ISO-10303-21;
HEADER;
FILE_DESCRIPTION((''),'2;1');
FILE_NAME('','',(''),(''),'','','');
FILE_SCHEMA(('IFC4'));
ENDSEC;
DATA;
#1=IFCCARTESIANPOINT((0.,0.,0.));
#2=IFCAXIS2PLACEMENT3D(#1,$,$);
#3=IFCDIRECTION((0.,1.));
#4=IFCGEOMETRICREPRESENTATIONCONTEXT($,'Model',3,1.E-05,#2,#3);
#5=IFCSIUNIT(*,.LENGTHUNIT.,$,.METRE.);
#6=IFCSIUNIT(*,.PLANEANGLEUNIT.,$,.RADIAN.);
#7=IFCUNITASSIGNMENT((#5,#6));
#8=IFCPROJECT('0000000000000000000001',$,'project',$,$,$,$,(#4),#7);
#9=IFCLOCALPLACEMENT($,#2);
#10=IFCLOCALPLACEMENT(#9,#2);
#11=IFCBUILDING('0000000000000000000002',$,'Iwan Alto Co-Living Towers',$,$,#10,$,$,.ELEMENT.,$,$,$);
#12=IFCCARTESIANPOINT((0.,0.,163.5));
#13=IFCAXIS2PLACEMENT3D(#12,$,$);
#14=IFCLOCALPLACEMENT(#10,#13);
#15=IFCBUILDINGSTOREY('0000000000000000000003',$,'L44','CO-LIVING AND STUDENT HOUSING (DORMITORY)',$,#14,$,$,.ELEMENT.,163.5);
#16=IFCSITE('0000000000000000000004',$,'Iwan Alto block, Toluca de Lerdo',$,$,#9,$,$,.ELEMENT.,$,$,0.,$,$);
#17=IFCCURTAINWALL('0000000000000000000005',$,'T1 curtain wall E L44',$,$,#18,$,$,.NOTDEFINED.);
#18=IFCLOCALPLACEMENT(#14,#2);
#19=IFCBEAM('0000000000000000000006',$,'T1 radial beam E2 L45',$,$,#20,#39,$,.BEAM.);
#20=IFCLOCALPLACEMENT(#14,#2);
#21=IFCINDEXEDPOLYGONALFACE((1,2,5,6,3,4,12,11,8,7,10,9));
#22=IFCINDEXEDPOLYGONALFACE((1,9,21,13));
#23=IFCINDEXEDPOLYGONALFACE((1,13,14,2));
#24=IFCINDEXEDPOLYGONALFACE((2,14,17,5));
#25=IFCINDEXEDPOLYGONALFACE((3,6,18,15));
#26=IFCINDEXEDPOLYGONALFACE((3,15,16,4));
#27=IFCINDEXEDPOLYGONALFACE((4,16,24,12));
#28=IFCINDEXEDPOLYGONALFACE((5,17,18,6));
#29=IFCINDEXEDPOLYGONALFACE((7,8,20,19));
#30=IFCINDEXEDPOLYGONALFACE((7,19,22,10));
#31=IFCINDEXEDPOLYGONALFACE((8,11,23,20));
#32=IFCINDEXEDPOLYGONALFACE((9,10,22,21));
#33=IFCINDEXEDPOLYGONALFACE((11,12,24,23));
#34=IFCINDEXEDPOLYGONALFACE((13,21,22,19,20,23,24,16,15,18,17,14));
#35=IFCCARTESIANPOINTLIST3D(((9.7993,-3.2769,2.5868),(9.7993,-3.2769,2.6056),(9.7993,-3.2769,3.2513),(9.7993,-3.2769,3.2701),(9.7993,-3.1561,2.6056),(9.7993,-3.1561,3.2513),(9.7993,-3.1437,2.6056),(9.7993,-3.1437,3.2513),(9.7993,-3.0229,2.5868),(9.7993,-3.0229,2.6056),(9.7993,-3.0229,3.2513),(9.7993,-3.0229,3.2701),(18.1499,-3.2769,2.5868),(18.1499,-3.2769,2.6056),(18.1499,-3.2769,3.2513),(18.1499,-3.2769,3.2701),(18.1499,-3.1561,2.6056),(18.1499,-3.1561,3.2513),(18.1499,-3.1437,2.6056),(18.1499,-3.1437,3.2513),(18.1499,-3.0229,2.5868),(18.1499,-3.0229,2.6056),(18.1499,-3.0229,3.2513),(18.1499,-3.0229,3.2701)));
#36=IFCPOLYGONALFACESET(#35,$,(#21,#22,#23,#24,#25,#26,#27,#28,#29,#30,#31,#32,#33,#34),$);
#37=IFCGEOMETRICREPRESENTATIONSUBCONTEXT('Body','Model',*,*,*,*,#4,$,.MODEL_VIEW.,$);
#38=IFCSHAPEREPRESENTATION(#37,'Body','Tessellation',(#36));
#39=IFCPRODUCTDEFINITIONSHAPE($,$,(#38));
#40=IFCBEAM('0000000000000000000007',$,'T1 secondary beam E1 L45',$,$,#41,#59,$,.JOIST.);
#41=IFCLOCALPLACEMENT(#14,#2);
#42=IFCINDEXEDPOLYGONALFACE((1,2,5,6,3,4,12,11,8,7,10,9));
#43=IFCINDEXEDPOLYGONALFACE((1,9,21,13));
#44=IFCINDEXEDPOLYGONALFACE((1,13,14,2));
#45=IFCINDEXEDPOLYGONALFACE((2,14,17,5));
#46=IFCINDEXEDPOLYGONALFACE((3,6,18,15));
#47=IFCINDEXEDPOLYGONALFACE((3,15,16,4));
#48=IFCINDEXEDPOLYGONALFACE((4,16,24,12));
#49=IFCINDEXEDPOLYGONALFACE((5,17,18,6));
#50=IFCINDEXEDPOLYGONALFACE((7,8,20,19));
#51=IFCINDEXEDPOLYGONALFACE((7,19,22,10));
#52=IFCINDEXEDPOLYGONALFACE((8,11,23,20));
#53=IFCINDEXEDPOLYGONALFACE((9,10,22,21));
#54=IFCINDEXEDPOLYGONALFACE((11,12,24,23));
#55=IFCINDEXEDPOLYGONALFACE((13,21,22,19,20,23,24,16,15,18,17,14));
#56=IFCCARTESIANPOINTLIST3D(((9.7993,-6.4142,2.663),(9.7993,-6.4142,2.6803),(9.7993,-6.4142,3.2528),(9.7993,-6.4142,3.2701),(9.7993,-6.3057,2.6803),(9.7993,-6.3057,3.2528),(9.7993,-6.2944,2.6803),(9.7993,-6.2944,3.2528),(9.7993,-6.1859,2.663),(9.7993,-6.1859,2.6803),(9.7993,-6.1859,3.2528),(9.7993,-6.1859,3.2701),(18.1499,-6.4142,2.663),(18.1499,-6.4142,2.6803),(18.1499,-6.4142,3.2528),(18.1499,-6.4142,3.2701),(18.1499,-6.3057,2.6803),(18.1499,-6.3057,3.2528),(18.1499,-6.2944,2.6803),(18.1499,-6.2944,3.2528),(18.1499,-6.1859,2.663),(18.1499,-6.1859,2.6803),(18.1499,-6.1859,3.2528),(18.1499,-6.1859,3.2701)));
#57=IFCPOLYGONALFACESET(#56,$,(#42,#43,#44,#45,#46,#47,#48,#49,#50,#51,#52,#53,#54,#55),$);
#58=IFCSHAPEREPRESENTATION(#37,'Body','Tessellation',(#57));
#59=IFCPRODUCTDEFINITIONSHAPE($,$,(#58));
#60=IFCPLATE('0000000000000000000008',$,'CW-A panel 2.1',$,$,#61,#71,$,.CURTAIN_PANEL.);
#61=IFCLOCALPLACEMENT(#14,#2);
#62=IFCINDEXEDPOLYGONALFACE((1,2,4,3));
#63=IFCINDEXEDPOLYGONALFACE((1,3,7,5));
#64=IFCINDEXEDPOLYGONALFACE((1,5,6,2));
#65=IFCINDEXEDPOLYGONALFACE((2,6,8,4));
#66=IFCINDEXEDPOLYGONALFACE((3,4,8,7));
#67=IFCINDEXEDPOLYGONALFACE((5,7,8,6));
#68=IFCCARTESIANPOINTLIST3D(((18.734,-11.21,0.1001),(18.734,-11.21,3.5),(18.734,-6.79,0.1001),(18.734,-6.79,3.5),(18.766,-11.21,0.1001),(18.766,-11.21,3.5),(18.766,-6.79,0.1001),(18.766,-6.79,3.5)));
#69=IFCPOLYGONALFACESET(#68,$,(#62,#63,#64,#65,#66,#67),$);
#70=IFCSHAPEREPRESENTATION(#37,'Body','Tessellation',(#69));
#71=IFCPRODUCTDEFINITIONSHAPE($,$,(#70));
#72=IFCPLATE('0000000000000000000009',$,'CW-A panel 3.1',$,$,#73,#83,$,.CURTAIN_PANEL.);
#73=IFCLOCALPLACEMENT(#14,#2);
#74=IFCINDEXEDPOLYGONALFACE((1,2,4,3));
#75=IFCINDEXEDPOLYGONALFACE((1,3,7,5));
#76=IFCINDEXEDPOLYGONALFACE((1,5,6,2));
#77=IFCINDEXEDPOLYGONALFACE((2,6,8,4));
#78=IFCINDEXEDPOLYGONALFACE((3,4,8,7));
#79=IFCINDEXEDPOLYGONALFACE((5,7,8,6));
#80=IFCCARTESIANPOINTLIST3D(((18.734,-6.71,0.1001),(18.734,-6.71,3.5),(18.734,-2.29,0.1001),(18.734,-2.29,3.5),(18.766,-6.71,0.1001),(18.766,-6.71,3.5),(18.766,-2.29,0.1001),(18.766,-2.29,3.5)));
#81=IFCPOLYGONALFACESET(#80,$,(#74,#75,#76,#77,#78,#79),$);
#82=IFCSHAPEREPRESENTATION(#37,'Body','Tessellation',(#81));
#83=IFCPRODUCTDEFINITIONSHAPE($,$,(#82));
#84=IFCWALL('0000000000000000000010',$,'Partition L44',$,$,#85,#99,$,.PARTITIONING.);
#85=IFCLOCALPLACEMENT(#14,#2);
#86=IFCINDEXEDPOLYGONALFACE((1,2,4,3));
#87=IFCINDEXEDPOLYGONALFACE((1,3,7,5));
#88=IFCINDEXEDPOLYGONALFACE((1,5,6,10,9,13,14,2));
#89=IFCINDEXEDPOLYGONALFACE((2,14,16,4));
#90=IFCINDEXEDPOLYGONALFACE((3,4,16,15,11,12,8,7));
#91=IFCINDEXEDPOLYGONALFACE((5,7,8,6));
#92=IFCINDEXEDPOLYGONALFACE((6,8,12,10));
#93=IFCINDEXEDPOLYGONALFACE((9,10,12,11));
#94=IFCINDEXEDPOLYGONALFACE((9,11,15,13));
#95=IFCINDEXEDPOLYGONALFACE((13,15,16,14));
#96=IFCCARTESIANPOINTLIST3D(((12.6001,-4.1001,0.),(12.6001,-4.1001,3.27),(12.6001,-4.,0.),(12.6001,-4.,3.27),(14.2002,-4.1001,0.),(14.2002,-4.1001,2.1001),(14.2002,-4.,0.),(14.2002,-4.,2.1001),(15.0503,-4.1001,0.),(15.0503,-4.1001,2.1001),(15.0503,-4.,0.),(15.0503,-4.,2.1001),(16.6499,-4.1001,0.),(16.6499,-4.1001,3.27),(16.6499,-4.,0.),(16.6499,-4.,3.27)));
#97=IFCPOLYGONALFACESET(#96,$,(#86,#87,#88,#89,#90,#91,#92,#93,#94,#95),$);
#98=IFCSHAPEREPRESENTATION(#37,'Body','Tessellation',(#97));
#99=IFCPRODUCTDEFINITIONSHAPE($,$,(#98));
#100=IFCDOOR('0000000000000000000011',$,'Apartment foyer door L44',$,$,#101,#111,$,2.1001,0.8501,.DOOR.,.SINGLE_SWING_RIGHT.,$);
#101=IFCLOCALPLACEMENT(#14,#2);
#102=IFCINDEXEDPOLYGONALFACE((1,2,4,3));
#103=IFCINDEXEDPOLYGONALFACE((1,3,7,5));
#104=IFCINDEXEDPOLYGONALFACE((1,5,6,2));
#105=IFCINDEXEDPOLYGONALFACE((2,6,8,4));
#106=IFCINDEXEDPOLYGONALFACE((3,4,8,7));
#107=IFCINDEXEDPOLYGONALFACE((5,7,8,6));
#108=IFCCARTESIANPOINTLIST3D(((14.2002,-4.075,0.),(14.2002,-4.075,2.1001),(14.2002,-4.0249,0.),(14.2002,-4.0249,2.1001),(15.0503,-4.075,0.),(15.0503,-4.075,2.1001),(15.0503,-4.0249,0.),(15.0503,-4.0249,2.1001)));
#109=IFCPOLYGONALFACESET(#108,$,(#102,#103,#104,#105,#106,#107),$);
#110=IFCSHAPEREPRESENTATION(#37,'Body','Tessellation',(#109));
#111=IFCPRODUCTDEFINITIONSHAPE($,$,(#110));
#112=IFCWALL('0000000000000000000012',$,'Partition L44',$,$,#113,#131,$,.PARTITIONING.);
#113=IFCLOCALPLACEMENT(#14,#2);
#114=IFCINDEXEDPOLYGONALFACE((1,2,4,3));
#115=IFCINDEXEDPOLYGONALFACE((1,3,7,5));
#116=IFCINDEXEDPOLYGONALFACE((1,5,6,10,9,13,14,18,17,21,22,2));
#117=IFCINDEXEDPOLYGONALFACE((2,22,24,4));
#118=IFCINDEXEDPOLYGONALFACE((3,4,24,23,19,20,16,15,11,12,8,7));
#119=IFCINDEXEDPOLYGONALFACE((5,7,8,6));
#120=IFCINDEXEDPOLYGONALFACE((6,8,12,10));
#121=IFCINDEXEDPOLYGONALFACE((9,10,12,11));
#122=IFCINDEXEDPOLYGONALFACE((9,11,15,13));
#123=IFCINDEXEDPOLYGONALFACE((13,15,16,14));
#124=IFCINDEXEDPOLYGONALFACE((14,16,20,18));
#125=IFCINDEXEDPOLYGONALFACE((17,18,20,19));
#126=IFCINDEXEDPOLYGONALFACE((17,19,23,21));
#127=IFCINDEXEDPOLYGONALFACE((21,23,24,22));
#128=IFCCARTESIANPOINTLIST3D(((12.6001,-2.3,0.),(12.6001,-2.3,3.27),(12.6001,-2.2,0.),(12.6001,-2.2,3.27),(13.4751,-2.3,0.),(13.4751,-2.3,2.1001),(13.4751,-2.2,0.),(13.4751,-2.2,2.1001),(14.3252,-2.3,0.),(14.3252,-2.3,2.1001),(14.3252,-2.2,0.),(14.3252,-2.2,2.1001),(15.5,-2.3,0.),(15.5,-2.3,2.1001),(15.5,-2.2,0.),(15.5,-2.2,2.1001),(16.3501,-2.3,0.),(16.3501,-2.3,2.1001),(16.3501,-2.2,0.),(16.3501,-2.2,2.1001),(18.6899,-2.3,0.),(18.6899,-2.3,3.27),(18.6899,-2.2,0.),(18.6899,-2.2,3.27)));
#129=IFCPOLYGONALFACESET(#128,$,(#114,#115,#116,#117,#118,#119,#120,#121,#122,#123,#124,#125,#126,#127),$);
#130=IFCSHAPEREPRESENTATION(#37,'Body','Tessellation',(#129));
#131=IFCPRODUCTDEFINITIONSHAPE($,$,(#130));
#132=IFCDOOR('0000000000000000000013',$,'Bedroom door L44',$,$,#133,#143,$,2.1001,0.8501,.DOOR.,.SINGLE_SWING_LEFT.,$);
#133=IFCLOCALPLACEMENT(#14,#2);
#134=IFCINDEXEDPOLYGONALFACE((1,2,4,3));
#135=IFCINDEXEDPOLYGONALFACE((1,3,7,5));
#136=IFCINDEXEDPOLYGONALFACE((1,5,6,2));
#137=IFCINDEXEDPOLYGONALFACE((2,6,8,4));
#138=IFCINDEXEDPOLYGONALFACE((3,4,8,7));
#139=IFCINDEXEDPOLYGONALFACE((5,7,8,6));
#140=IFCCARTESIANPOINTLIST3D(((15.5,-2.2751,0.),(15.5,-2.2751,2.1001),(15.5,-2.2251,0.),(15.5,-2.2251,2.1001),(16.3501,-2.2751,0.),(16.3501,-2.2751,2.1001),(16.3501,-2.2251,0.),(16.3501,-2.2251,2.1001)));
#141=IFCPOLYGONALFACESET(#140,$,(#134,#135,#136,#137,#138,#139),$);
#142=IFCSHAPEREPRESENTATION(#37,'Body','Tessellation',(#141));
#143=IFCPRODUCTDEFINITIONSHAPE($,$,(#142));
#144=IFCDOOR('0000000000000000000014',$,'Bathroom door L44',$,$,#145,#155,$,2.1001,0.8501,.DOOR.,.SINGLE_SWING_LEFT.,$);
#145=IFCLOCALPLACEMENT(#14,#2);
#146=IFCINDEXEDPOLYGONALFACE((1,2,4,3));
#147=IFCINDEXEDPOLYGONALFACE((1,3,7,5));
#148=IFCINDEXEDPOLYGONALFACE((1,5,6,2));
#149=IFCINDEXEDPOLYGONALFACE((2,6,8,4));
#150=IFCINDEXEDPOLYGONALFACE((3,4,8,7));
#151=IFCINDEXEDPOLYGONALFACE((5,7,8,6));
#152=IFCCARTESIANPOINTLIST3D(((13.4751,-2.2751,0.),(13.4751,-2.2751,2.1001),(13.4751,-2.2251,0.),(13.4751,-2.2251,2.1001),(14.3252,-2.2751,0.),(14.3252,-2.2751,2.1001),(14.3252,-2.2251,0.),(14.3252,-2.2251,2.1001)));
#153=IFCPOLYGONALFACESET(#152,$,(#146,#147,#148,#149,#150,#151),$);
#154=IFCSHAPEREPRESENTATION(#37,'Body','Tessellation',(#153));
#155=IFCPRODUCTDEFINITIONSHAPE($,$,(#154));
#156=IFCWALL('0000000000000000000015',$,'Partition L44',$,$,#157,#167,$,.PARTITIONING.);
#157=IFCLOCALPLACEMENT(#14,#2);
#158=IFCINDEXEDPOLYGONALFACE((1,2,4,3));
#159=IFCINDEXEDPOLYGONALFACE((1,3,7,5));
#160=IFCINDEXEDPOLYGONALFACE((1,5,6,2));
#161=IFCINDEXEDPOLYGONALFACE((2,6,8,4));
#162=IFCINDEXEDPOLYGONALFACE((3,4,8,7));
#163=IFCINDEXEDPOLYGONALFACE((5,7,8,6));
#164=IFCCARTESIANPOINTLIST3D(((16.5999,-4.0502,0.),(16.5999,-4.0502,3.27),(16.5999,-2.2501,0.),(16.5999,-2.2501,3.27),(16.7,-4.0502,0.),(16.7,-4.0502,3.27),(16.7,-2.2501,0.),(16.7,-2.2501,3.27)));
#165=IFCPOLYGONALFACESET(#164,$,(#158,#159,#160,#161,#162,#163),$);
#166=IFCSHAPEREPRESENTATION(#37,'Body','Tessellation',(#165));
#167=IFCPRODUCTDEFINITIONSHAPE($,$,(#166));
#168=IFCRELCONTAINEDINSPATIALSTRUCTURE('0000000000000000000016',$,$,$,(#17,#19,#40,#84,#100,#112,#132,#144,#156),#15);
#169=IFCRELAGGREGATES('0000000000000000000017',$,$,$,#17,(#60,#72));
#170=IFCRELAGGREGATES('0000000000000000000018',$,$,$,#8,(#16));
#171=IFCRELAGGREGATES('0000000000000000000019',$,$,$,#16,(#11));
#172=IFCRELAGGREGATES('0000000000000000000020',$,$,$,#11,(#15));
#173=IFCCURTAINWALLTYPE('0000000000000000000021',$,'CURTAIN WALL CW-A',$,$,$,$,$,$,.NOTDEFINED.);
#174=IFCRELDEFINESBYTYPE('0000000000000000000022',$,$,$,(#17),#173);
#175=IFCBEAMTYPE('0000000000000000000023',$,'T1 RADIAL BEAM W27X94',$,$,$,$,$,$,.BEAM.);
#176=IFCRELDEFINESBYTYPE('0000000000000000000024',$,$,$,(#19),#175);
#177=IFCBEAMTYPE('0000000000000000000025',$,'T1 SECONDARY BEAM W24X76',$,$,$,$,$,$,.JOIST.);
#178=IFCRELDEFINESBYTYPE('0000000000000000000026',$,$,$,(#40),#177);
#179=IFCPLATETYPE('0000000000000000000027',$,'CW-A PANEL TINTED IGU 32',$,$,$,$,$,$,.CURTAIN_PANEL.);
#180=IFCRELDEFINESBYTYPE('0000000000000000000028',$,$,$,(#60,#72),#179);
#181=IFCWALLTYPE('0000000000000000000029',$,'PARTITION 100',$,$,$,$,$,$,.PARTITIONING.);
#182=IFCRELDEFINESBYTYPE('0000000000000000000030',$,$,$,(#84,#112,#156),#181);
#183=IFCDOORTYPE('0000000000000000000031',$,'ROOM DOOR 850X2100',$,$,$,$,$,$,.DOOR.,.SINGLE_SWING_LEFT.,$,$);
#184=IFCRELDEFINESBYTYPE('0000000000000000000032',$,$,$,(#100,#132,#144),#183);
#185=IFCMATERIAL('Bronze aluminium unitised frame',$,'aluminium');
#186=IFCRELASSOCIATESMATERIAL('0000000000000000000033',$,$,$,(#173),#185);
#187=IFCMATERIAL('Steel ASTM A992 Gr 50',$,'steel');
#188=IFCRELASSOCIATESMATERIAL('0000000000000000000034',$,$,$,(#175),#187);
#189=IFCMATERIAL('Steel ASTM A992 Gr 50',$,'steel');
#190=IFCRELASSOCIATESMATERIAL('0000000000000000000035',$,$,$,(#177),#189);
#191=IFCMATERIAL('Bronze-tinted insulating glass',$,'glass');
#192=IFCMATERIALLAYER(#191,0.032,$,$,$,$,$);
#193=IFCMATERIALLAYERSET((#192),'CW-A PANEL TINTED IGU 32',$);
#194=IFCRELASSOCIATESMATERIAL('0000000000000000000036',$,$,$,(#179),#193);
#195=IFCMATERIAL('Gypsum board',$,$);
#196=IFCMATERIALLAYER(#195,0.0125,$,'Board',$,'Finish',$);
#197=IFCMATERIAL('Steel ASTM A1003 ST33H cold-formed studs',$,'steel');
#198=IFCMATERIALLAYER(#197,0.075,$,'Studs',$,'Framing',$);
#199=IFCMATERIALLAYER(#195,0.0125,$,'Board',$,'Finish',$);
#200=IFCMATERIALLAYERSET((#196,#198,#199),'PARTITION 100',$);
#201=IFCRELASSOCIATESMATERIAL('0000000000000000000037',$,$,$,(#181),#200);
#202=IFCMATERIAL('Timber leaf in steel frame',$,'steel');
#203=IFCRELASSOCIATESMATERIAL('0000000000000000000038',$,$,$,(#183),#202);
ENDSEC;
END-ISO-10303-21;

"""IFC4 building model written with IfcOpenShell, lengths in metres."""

from ifc_helpers import new_model, si_unit, direction, frame, frame_2d, origin, origin_2d, place, context, subcontext, project, spatial, rectangle, i_section, extrude, material, layer, layer_set, material_profile, profile_set, type_object, element, fill, aggregate, save


model = new_model("IFC4")

# Units and contexts
model_context = context("Model", 3, precision=1e-05, world=origin(), true_north=direction((0.0, 1.0)))
body_context = subcontext(model_context, "Body", "Model", "MODEL_VIEW")
ifc_project = project(units=[si_unit("LENGTHUNIT", "METRE"), si_unit("PLANEANGLEUNIT", "RADIAN")], contexts=[model_context])

# Site, building, storey
site_placement = place(None, origin())
site = spatial("IfcSite", under=ifc_project, at=site_placement, Name="Iwan Alto block, Toluca de Lerdo", CompositionType="ELEMENT", RefElevation=0.0)
building_placement = place(site_placement, origin())
building = spatial("IfcBuilding", under=site, at=building_placement, Name="Iwan Alto Co-Living Towers", CompositionType="ELEMENT")
storey_placement = place(building_placement, frame((0.0, 0.0, 163.5)))
storey = spatial("IfcBuildingStorey", under=building, at=storey_placement, Name="L44", Description="CO-LIVING AND STUDENT HOUSING (DORMITORY)", CompositionType="ELEMENT", Elevation=163.5)

# Curtain wall
ifc_material_1 = material(Name="Bronze aluminium unitised frame", Category="aluminium")
curtain_wall_type = type_object("IfcCurtainWallType", Name="CURTAIN WALL CW-A", PredefinedType="NOTDEFINED", material=ifc_material_1)
curtain_wall_placement = place(storey_placement, origin())
curtain_wall = element("IfcCurtainWall", 1, at=curtain_wall_placement, inside=storey, type_object=curtain_wall_type, Name="T1 curtain wall E L44", PredefinedType="NOTDEFINED")

# Beams
ifc_material_2 = material(Name="Steel ASTM A992 Gr 50", Category="steel")
ifc_material_profile_1 = material_profile(ifc_material_2, i_section(OverallWidth=0.2539, OverallDepth=0.6833, WebThickness=0.0125, FlangeThickness=0.0188, at=origin_2d()), Name="W27X94")
ifc_profile_set_1 = profile_set([ifc_material_profile_1], Name="Steel ASTM A992 Gr 50")
beam_type_1 = type_object("IfcBeamType", Name="T1 RADIAL BEAM W27X94", PredefinedType="BEAM", material=ifc_profile_set_1)
for number, where, z_axis, x_axis, name in (
    (2, (18.1499, -3.1499, 2.9285), (-1.0, 0.0, 0.0), (0.0, -1.0, 0.0), "T1 radial beam E2 L45"),
):
    element("IfcBeam", number, at=place(storey_placement, frame(where, z_axis=z_axis, x_axis=x_axis)), inside=storey, type_object=beam_type_1, Name=name, PredefinedType="BEAM", context=body_context, shape_type="SweptSolid", body=[
        extrude(i_section(OverallWidth=0.2539, OverallDepth=0.6833, WebThickness=0.0125, FlangeThickness=0.0188, at=origin_2d()), origin(), (0.0, 0.0, 1.0), 8.3506),
    ])
ifc_material_3 = material(Name="Steel ASTM A992 Gr 50", Category="steel")
ifc_material_profile_2 = material_profile(ifc_material_3, i_section(OverallWidth=0.2283, OverallDepth=0.6072, WebThickness=0.0112, FlangeThickness=0.0173, at=origin_2d()), Name="W24X76")
ifc_profile_set_2 = profile_set([ifc_material_profile_2], Name="Steel ASTM A992 Gr 50")
beam_type_2 = type_object("IfcBeamType", Name="T1 SECONDARY BEAM W24X76", PredefinedType="JOIST", material=ifc_profile_set_2)
beam_1_placement = place(storey_placement, frame((18.1499, -6.3, 2.9666), z_axis=(-1.0, 0.0, 0.0), x_axis=(0.0, -1.0, 0.0)))
element("IfcBeam", 3, at=beam_1_placement, inside=storey, type_object=beam_type_2, Name="T1 secondary beam E1 L45", PredefinedType="JOIST", context=body_context, shape_type="SweptSolid", body=[
    extrude(i_section(OverallWidth=0.2283, OverallDepth=0.6072, WebThickness=0.0112, FlangeThickness=0.0173, at=origin_2d()), origin(), (0.0, 0.0, 1.0), 8.3506),
])

# Plates
ifc_material_4 = material(Name="Bronze-tinted insulating glass", Category="glass")
ifc_layer_1 = layer(ifc_material_4, 0.032)
ifc_layer_set_1 = layer_set([ifc_layer_1], Name="CW-A PANEL TINTED IGU 32")
plate_type = type_object("IfcPlateType", Name="CW-A PANEL TINTED IGU 32", PredefinedType="CURTAIN_PANEL", material=ifc_layer_set_1)
plate_1_placement = place(storey_placement, frame((18.75, -9.0, 0.1001), z_axis=(0.0, 0.0, 1.0), x_axis=(0.0, 1.0, 0.0)))
plate_1 = element("IfcPlate", 4, at=plate_1_placement, type_object=plate_type, Name="CW-A panel 2.1", PredefinedType="CURTAIN_PANEL", context=body_context, shape_type="SweptSolid", body=[
    extrude(rectangle(XDim=4.4199, YDim=0.032, at=origin_2d()), origin(), (0.0, 0.0, 1.0), 3.3999),
])
plate_2_placement = place(storey_placement, frame((18.75, -4.5, 0.1001), z_axis=(0.0, 0.0, 1.0), x_axis=(0.0, 1.0, 0.0)))
plate_2 = element("IfcPlate", 5, at=plate_2_placement, type_object=plate_type, Name="CW-A panel 3.1", PredefinedType="CURTAIN_PANEL", context=body_context, shape_type="SweptSolid", body=[
    extrude(rectangle(XDim=4.4199, YDim=0.032, at=origin_2d()), origin(), (0.0, 0.0, 1.0), 3.3999),
])
aggregate(curtain_wall, [plate_1, plate_2])

# Wall, opening, door
ifc_material_5 = material(Name="Gypsum board")
ifc_layer_2 = layer(ifc_material_5, 0.0125, Name="Board", Category="Finish")
ifc_material_6 = material(Name="Steel ASTM A1003 ST33H cold-formed studs", Category="steel")
ifc_layer_3 = layer(ifc_material_6, 0.075, Name="Studs", Category="Framing")
ifc_layer_4 = layer(ifc_material_5, 0.0125, Name="Board", Category="Finish")
ifc_layer_set_2 = layer_set([ifc_layer_2, ifc_layer_3, ifc_layer_4], Name="PARTITION 100")
wall_type_1 = type_object("IfcWallType", Name="PARTITION 100", PredefinedType="PARTITIONING", material=ifc_layer_set_2)
wall_1_placement = place(storey_placement, frame((12.6001, -4.05, 0.0), z_axis=(0.0, 0.0, 1.0), x_axis=(1.0, 0.0, 0.0)))
wall_1 = element("IfcWall", 6, at=wall_1_placement, inside=storey, type_object=wall_type_1, Name="Partition L44", PredefinedType="PARTITIONING", context=body_context, shape_type="SweptSolid", body=[
    extrude(rectangle(XDim=4.0498, YDim=0.1001, at=frame_2d((2.0249, 0.0))), origin(), (0.0, 0.0, 1.0), 3.27),
])
opening_1_placement = place(wall_1_placement, frame((1.6001, 0.0, 0.0)))
opening_1 = element("IfcOpeningElement", 7, at=opening_1_placement, cuts=wall_1, PredefinedType="OPENING", context=body_context, shape_type="SweptSolid", body=[
    extrude(rectangle(XDim=0.8501, YDim=2.1001, at=frame_2d((0.425, 1.05))), frame((0.0, 0.0601, 0.0), z_axis=(0.0, -1.0, 0.0), x_axis=(1.0, 0.0, 0.0)), (0.0, 0.0, 1.0), 0.1201),
])
ifc_material_7 = material(Name="Timber leaf in steel frame", Category="steel")
door_type = type_object("IfcDoorType", Name="ROOM DOOR 850X2100", OperationType="SINGLE_SWING_LEFT", PredefinedType="DOOR", material=ifc_material_7)
door_1_placement = place(opening_1_placement, frame((0.8501, 0.0, 0.0), z_axis=(0.0, 0.0, 1.0), x_axis=(-1.0, 0.0, 0.0)))
door_1 = element("IfcDoor", 8, at=door_1_placement, inside=storey, type_object=door_type, Name="Apartment foyer door L44", OperationType="SINGLE_SWING_RIGHT", OverallHeight=2.1001, OverallWidth=0.8501, PredefinedType="DOOR", context=body_context, shape_type="SweptSolid", body=[
    extrude(rectangle(XDim=0.8501, YDim=2.1001, at=frame_2d((0.425, 1.05))), frame((0.0, 0.0249, 0.0), z_axis=(0.0, -1.0, 0.0), x_axis=(1.0, 0.0, 0.0)), (0.0, 0.0, 1.0), 0.05),
])
fill(opening_1, door_1)

# Wall, openings, doors
wall_2_placement = place(storey_placement, frame((12.6001, -2.25, 0.0), z_axis=(0.0, 0.0, 1.0), x_axis=(1.0, 0.0, 0.0)))
wall_2 = element("IfcWall", 9, at=wall_2_placement, inside=storey, type_object=wall_type_1, Name="Partition L44", PredefinedType="PARTITIONING", context=body_context, shape_type="SweptSolid", body=[
    extrude(rectangle(XDim=6.0898, YDim=0.1001, at=frame_2d((3.0449, 0.0))), origin(), (0.0, 0.0, 1.0), 3.27),
])
opening_2_placement = place(wall_2_placement, frame((2.8999, 0.0, 0.0)))
opening_2 = element("IfcOpeningElement", 10, at=opening_2_placement, cuts=wall_2, PredefinedType="OPENING", context=body_context, shape_type="SweptSolid", body=[
    extrude(rectangle(XDim=0.8501, YDim=2.1001, at=frame_2d((0.425, 1.05))), frame((0.0, 0.0601, 0.0), z_axis=(0.0, -1.0, 0.0), x_axis=(1.0, 0.0, 0.0)), (0.0, 0.0, 1.0), 0.1201),
])
opening_3_placement = place(wall_2_placement, frame((0.875, 0.0, 0.0)))
opening_3 = element("IfcOpeningElement", 11, at=opening_3_placement, cuts=wall_2, PredefinedType="OPENING", context=body_context, shape_type="SweptSolid", body=[
    extrude(rectangle(XDim=0.8501, YDim=2.1001, at=frame_2d((0.425, 1.05))), frame((0.0, 0.0601, 0.0), z_axis=(0.0, -1.0, 0.0), x_axis=(1.0, 0.0, 0.0)), (0.0, 0.0, 1.0), 0.1201),
])
door_2_placement = place(opening_2_placement, origin())
door_2 = element("IfcDoor", 12, at=door_2_placement, inside=storey, type_object=door_type, Name="Bedroom door L44", OperationType="SINGLE_SWING_LEFT", OverallHeight=2.1001, OverallWidth=0.8501, PredefinedType="DOOR", context=body_context, shape_type="SweptSolid", body=[
    extrude(rectangle(XDim=0.8501, YDim=2.1001, at=frame_2d((0.425, 1.05))), frame((0.0, 0.0249, 0.0), z_axis=(0.0, -1.0, 0.0), x_axis=(1.0, 0.0, 0.0)), (0.0, 0.0, 1.0), 0.05),
])
fill(opening_2, door_2)
door_3_placement = place(opening_3_placement, origin())
door_3 = element("IfcDoor", 13, at=door_3_placement, inside=storey, type_object=door_type, Name="Bathroom door L44", OperationType="SINGLE_SWING_LEFT", OverallHeight=2.1001, OverallWidth=0.8501, PredefinedType="DOOR", context=body_context, shape_type="SweptSolid", body=[
    extrude(rectangle(XDim=0.8501, YDim=2.1001, at=frame_2d((0.425, 1.05))), frame((0.0, 0.0249, 0.0), z_axis=(0.0, -1.0, 0.0), x_axis=(1.0, 0.0, 0.0)), (0.0, 0.0, 1.0), 0.05),
])
fill(opening_3, door_3)

# Wall
wall_3_placement = place(storey_placement, frame((16.6499, -4.05, 0.0), z_axis=(0.0, 0.0, 1.0), x_axis=(0.0, 1.0, 0.0)))
element("IfcWall", 14, at=wall_3_placement, inside=storey, type_object=wall_type_1, Name="Partition L44", PredefinedType="PARTITIONING", context=body_context, shape_type="SweptSolid", body=[
    extrude(rectangle(XDim=1.8, YDim=0.1001, at=frame_2d((0.8999, 0.0))), origin(), (0.0, 0.0, 1.0), 3.27),
])

save(model, "model.ifc")
